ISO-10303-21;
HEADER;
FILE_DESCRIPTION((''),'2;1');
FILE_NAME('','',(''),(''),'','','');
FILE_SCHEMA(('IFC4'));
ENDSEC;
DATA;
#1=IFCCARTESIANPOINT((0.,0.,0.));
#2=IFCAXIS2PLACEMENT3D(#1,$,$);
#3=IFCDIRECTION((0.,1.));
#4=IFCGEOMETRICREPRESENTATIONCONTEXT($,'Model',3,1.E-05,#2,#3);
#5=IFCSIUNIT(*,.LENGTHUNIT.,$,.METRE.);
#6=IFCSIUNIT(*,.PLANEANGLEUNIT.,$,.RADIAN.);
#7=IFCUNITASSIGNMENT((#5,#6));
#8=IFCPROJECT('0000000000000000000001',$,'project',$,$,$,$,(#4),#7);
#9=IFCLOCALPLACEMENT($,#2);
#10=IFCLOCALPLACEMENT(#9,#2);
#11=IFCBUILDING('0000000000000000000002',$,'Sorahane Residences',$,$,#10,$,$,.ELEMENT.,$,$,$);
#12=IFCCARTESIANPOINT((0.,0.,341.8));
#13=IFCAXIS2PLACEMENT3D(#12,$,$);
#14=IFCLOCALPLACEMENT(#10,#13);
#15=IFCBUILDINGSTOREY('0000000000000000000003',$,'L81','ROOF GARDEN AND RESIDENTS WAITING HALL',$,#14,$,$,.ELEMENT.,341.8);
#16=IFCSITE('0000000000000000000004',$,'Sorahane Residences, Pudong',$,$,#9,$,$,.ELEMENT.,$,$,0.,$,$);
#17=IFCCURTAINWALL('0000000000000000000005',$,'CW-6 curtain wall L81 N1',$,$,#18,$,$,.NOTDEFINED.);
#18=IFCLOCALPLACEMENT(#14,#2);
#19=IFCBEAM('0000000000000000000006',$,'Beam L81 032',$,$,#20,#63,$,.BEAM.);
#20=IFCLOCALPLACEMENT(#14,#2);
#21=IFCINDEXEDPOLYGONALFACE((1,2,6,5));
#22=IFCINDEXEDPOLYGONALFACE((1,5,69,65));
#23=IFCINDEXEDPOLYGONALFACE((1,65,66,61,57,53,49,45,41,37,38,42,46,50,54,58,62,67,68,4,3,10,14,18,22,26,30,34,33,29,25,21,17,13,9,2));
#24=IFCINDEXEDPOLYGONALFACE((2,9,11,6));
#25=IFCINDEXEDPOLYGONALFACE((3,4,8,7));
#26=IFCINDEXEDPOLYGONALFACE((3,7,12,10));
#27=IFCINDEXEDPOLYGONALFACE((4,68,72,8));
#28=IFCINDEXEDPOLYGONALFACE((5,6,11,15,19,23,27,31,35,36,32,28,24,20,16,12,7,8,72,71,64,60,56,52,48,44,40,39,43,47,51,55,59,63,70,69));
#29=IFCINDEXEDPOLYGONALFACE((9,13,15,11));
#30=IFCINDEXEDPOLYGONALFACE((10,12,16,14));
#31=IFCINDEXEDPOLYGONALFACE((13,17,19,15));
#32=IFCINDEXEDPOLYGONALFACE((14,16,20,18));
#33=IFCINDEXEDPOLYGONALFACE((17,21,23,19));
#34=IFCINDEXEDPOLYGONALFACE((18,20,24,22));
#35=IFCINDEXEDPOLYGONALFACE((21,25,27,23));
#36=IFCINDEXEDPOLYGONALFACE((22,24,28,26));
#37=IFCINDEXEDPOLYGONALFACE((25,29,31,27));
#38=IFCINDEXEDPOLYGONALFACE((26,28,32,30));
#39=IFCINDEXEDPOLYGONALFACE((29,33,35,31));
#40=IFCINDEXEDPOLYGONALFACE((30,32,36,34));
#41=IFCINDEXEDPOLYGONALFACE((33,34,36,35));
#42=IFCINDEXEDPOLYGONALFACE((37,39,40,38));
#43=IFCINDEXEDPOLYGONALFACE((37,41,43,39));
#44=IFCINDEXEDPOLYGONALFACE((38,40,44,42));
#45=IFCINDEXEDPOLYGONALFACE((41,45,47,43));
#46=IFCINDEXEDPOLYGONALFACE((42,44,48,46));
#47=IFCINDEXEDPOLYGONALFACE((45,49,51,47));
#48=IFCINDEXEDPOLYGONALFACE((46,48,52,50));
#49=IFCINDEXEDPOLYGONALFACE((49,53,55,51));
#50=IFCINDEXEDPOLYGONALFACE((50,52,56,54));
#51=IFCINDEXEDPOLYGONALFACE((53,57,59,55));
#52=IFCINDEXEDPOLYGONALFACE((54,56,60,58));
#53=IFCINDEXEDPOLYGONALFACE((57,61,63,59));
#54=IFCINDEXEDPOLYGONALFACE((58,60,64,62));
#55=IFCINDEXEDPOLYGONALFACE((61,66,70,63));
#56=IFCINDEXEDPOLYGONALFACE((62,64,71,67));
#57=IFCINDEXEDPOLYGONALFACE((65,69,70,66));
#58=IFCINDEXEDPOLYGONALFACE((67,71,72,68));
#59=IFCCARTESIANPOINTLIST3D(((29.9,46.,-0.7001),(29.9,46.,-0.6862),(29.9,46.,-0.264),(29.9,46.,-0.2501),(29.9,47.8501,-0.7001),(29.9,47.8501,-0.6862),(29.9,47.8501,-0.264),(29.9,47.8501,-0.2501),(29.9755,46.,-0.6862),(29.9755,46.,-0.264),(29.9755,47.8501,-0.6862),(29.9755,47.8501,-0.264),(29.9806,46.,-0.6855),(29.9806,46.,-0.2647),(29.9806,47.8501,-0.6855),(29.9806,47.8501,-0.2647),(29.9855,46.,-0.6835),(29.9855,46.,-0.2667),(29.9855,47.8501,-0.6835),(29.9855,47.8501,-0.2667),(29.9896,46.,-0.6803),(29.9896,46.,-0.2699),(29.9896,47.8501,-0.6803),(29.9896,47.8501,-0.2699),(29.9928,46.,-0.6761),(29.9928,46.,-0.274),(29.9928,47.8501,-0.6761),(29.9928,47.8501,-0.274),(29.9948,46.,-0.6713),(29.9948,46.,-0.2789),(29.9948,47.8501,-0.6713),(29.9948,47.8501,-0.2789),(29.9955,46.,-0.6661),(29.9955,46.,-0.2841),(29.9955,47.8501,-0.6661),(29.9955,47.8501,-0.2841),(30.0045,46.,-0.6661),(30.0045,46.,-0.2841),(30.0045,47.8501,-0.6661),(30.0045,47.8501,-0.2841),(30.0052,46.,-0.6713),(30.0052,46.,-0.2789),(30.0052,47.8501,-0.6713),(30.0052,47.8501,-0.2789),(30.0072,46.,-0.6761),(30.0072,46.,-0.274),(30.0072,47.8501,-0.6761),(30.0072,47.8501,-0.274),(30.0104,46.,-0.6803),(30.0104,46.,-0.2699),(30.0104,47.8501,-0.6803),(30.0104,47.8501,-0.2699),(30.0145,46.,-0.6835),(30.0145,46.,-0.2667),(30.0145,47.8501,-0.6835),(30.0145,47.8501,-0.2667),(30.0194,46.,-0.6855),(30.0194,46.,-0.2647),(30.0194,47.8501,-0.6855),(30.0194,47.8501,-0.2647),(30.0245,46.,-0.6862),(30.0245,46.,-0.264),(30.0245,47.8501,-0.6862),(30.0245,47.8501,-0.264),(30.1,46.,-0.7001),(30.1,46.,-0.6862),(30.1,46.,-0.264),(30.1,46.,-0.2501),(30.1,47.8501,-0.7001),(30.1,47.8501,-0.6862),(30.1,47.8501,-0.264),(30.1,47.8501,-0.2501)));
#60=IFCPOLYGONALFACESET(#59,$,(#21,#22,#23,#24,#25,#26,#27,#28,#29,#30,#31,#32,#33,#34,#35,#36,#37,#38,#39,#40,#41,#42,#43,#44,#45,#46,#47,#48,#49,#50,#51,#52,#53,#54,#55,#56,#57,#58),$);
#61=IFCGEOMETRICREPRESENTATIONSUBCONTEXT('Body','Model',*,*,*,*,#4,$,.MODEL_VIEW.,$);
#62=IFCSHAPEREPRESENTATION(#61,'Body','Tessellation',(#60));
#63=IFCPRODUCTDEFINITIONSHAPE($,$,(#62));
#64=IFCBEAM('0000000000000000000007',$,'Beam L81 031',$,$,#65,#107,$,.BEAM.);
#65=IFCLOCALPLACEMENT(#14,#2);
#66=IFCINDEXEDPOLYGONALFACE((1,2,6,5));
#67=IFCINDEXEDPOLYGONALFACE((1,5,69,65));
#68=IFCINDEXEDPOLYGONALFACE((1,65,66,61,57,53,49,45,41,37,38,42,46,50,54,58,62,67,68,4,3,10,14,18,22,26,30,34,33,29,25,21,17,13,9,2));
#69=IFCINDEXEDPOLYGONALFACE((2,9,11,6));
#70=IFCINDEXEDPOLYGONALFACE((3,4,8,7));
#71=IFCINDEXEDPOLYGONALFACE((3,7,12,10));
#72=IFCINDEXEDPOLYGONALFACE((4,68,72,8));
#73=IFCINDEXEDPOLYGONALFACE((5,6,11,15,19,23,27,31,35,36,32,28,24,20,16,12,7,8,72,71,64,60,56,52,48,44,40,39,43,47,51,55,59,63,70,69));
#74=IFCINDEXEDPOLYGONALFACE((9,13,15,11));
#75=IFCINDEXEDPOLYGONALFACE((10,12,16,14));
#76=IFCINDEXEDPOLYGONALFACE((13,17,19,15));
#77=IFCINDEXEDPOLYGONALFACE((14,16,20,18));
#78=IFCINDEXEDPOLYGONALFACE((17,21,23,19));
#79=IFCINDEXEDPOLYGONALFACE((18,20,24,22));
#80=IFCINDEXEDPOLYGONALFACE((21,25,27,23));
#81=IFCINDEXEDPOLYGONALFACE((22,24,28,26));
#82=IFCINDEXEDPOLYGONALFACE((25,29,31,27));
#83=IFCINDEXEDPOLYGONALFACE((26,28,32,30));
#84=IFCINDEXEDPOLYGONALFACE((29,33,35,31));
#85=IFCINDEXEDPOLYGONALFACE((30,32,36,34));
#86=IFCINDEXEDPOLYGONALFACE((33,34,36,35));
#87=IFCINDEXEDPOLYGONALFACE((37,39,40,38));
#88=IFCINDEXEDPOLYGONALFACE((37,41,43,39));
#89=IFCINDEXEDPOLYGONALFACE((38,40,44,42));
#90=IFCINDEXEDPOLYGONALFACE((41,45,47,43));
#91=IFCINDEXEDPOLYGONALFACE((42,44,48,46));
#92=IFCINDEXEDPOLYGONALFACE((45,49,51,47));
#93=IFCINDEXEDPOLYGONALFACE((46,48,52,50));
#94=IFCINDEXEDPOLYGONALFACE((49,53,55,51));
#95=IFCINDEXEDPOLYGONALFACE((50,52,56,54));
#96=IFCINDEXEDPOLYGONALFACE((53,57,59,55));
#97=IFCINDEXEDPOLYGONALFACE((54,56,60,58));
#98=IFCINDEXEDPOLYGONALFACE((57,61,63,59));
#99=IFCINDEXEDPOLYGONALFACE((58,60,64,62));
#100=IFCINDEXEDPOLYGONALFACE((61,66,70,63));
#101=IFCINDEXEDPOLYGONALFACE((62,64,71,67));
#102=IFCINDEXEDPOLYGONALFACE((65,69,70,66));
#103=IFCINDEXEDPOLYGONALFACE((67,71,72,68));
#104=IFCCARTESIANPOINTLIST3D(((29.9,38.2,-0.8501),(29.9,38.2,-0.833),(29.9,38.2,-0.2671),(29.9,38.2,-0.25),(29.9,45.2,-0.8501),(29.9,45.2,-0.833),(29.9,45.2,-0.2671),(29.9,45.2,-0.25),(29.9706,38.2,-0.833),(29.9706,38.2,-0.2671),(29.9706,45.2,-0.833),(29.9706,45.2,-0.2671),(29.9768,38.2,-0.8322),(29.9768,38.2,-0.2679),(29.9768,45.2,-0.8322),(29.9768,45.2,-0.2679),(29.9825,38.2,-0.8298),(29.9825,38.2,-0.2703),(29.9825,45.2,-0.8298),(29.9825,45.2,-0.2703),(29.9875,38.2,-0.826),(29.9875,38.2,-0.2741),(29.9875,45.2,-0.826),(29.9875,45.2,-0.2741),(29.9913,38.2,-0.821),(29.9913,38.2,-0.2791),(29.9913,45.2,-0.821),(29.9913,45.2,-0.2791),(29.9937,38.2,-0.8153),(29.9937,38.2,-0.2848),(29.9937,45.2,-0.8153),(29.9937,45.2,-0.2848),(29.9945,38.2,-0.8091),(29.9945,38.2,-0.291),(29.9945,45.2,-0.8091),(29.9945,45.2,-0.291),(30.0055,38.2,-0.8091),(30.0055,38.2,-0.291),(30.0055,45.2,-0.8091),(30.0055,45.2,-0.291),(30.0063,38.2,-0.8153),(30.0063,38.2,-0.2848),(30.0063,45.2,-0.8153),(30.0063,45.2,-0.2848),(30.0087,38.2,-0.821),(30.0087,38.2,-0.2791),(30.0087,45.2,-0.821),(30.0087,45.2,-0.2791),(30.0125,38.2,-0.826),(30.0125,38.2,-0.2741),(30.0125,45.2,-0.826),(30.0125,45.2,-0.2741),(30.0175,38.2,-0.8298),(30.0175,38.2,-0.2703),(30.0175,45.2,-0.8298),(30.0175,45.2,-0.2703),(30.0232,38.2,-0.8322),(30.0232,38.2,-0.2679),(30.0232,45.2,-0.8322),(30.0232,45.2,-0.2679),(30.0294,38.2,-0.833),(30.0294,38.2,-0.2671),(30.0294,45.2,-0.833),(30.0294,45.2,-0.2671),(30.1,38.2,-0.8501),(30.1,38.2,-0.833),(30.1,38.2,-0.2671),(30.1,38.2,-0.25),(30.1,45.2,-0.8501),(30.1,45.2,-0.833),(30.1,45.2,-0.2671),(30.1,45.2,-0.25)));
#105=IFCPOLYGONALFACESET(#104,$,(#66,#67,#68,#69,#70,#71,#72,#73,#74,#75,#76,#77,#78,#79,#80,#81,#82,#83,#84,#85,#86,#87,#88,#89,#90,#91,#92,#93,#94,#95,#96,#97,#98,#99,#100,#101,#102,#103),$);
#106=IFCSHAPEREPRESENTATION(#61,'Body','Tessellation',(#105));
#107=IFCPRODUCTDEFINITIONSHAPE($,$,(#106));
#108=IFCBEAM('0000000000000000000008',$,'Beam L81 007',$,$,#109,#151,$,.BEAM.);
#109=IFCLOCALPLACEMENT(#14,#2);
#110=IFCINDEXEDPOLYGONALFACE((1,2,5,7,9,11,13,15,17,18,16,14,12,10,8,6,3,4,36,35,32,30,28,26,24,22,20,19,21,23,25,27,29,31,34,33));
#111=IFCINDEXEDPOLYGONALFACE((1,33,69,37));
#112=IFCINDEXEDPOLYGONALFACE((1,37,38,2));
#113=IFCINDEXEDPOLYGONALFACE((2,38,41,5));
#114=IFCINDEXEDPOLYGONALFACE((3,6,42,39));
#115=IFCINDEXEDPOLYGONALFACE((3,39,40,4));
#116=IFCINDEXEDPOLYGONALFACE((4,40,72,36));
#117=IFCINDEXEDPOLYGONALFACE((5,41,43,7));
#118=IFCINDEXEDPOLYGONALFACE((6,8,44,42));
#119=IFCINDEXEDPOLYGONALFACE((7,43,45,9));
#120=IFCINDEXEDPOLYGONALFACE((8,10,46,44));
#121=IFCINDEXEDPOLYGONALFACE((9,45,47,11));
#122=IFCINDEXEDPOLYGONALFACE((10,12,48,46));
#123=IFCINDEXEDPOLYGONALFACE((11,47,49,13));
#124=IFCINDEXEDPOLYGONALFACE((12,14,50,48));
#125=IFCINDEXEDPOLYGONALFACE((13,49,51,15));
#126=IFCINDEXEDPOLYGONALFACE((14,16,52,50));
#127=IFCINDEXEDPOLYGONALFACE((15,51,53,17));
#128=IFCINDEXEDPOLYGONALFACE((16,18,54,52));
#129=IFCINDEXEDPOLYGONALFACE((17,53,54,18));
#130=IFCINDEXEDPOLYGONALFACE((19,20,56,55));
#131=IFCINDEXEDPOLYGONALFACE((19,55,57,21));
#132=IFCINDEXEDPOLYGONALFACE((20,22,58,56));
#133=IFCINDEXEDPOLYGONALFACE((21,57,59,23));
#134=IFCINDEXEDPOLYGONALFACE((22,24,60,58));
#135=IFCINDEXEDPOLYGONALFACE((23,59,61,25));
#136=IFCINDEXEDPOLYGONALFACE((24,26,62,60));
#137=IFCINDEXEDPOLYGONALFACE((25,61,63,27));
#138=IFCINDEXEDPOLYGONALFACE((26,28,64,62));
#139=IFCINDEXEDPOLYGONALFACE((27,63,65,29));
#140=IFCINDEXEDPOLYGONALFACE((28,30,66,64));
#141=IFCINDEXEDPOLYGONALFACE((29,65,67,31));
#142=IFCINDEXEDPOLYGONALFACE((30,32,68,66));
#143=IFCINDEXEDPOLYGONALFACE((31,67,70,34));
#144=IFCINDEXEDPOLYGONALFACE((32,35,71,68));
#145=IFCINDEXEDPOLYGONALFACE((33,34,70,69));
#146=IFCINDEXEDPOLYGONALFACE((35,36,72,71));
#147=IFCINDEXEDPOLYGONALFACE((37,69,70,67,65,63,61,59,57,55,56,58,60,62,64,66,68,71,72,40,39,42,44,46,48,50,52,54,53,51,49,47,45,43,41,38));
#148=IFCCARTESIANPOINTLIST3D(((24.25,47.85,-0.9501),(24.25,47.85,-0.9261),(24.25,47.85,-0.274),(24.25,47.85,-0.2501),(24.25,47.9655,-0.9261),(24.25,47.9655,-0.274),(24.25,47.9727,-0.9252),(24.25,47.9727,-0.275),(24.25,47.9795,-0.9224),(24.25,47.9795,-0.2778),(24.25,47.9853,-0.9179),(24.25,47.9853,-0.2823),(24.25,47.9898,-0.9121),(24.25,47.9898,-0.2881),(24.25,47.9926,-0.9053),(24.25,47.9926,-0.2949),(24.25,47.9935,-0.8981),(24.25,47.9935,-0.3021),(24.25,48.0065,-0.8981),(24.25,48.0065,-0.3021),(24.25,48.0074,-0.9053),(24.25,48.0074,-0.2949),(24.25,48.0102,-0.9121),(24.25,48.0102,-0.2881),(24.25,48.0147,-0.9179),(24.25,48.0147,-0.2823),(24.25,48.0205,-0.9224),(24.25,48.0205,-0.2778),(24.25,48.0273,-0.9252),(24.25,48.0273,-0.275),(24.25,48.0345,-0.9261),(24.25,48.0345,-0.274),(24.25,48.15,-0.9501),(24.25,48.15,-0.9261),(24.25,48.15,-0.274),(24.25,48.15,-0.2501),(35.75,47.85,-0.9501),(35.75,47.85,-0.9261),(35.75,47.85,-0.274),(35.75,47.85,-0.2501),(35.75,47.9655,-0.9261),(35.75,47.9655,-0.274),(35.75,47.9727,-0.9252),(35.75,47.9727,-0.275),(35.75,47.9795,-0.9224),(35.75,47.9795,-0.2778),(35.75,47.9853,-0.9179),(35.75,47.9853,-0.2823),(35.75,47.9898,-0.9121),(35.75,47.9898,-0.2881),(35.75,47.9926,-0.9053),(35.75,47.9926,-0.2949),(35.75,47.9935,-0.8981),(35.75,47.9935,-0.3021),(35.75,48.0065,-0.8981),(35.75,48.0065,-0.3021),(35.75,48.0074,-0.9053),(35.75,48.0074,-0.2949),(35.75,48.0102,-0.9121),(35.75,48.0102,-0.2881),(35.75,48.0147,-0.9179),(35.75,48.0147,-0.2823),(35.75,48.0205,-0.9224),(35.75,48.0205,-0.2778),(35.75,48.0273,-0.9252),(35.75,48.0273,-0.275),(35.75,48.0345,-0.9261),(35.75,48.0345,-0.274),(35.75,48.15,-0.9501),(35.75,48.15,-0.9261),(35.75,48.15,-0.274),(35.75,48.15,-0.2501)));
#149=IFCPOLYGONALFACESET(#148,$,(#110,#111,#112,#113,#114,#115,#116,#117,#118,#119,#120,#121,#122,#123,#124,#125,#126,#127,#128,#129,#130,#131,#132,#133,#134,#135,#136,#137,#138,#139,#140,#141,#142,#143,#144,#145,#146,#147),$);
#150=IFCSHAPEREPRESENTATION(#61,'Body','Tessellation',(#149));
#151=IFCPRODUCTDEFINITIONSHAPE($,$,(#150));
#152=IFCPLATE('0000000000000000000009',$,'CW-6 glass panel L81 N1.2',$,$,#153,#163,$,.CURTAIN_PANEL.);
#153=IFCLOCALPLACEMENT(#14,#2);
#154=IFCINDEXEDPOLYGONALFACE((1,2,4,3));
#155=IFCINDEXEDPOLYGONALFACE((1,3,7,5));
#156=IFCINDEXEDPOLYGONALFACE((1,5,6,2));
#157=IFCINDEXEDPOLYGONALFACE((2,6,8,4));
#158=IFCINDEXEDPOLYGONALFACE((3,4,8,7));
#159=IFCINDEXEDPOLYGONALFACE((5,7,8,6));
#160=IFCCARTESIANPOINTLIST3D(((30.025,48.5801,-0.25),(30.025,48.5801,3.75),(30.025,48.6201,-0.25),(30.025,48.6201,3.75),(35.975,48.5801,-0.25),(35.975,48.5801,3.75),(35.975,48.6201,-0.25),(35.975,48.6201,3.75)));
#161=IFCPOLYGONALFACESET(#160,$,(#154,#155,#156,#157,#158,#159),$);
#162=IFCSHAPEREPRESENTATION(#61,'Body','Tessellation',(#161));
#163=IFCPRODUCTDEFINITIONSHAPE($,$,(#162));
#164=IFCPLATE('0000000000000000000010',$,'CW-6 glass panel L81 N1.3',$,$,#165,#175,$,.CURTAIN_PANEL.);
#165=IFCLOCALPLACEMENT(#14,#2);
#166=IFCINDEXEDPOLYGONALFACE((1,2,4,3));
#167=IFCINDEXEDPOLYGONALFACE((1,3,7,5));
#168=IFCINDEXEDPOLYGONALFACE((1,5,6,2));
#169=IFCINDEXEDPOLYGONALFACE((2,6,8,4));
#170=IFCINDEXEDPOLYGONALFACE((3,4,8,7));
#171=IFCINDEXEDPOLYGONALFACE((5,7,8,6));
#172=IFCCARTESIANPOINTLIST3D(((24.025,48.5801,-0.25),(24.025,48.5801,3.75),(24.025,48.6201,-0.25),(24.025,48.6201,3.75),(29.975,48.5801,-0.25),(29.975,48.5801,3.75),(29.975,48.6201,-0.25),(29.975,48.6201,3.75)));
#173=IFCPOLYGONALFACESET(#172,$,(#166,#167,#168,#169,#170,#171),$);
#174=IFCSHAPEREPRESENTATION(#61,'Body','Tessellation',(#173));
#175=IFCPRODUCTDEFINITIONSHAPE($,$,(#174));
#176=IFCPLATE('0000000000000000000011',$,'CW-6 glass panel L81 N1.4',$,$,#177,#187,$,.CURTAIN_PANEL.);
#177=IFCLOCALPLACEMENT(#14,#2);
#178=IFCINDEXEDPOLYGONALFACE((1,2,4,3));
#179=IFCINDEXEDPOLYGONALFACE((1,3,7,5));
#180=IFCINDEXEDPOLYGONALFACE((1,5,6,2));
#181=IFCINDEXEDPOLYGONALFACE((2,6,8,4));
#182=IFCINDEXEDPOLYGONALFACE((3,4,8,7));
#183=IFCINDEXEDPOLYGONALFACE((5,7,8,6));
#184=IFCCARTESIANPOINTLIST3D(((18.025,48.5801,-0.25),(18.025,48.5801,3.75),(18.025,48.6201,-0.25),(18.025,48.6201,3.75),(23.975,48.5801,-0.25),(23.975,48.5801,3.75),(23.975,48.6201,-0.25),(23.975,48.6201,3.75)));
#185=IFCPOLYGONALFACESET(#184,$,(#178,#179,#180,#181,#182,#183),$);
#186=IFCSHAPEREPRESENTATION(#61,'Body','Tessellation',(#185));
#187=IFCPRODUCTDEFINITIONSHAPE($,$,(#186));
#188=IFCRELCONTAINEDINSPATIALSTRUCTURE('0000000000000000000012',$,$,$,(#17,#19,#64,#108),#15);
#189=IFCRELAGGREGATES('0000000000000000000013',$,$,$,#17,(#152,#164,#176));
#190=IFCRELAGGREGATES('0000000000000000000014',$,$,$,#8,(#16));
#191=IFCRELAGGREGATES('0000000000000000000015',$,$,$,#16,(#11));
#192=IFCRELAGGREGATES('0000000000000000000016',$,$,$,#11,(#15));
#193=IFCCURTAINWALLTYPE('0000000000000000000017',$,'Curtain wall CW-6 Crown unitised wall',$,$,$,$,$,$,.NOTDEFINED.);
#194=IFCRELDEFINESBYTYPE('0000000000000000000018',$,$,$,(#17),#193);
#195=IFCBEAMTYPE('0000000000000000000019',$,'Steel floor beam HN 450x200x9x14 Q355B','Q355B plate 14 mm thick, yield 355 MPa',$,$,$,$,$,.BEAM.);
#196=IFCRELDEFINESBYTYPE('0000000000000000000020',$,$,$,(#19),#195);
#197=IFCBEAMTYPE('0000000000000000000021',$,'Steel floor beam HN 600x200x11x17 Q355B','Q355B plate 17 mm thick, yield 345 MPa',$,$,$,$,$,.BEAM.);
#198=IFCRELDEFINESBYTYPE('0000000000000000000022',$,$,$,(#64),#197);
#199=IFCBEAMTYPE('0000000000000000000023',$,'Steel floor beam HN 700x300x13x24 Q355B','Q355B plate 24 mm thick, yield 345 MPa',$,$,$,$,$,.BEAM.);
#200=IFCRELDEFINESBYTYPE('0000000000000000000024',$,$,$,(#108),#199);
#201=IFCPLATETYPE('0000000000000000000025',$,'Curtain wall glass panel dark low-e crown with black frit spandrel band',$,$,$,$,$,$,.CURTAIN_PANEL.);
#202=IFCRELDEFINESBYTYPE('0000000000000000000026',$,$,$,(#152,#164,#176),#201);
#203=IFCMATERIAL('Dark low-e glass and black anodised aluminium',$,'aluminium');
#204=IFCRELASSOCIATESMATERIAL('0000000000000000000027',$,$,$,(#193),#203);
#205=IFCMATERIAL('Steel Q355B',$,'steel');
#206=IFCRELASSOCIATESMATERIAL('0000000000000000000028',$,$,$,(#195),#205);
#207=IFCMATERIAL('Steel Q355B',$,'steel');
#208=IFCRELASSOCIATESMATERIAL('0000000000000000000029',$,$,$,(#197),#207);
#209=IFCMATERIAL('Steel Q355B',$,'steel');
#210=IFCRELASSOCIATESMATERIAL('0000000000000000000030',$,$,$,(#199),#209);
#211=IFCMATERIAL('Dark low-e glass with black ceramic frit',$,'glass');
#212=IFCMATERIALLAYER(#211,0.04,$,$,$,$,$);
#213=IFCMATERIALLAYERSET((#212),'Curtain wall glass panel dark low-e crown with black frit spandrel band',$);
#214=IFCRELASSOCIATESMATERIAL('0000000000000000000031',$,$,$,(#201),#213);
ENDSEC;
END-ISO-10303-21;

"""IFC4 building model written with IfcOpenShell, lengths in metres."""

from ifc_helpers import new_model, si_unit, direction, frame, origin, origin_2d, place, context, subcontext, project, spatial, rectangle, i_section, extrude, material, layer, layer_set, material_profile, profile_set, type_object, element, aggregate, save


model = new_model("IFC4")

# Units and contexts
model_context = context("Model", 3, precision=1e-05, world=origin(), true_north=direction((0.0, 1.0)))
body_context = subcontext(model_context, "Body", "Model", "MODEL_VIEW")
ifc_project = project(units=[si_unit("LENGTHUNIT", "METRE"), si_unit("PLANEANGLEUNIT", "RADIAN")], contexts=[model_context])

# Site, building, storey
site_placement = place(None, origin())
site = spatial("IfcSite", under=ifc_project, at=site_placement, Name="Sorahane Residences, Pudong", CompositionType="ELEMENT", RefElevation=0.0)
building_placement = place(site_placement, origin())
building = spatial("IfcBuilding", under=site, at=building_placement, Name="Sorahane Residences", CompositionType="ELEMENT")
storey_placement = place(building_placement, frame((0.0, 0.0, 341.8)))
storey = spatial("IfcBuildingStorey", under=building, at=storey_placement, Name="L81", Description="ROOF GARDEN AND RESIDENTS WAITING HALL", CompositionType="ELEMENT", Elevation=341.8)

# Curtain wall
ifc_material_1 = material(Name="Dark low-e glass and black anodised aluminium", Category="aluminium")
curtain_wall_type = type_object("IfcCurtainWallType", Name="Curtain wall CW-6 Crown unitised wall", PredefinedType="NOTDEFINED", material=ifc_material_1)
curtain_wall_placement = place(storey_placement, origin())
curtain_wall = element("IfcCurtainWall", 1, at=curtain_wall_placement, inside=storey, type_object=curtain_wall_type, Name="CW-6 curtain wall L81 N1", PredefinedType="NOTDEFINED")

# Beams
ifc_material_2 = material(Name="Steel Q355B", Category="steel")
ifc_material_profile_1 = material_profile(ifc_material_2, i_section(OverallWidth=0.2, OverallDepth=0.45, WebThickness=0.009, FlangeThickness=0.0139, FilletRadius=0.02, at=origin_2d()), Name="HN 450x200x9x14")
ifc_profile_set_1 = profile_set([ifc_material_profile_1], Name="Steel Q355B")
beam_type_1 = type_object("IfcBeamType", Name="Steel floor beam HN 450x200x9x14 Q355B", Description="Q355B plate 14 mm thick, yield 355 MPa", PredefinedType="BEAM", material=ifc_profile_set_1)
beam_1_placement = place(storey_placement, frame((30.0, 46.0, -0.4751), z_axis=(0.0, 1.0, 0.0), x_axis=(-1.0, 0.0, 0.0)))
element("IfcBeam", 2, at=beam_1_placement, inside=storey, type_object=beam_type_1, Name="Beam L81 032", PredefinedType="BEAM", context=body_context, shape_type="SweptSolid", body=[
    extrude(i_section(OverallWidth=0.2, OverallDepth=0.45, WebThickness=0.009, FlangeThickness=0.0139, FilletRadius=0.02, at=origin_2d()), origin(), (0.0, 0.0, 1.0), 1.8501),
])
ifc_material_3 = material(Name="Steel Q355B", Category="steel")
ifc_material_profile_2 = material_profile(ifc_material_3, i_section(OverallWidth=0.2, OverallDepth=0.6001, WebThickness=0.011, FlangeThickness=0.0171, FilletRadius=0.0239, at=origin_2d()), Name="HN 600x200x11x17")
ifc_profile_set_2 = profile_set([ifc_material_profile_2], Name="Steel Q355B")
beam_type_2 = type_object("IfcBeamType", Name="Steel floor beam HN 600x200x11x17 Q355B", Description="Q355B plate 17 mm thick, yield 345 MPa", PredefinedType="BEAM", material=ifc_profile_set_2)
beam_2_placement = place(storey_placement, frame((30.0, 38.2, -0.55), z_axis=(0.0, 1.0, 0.0), x_axis=(-1.0, 0.0, 0.0)))
element("IfcBeam", 3, at=beam_2_placement, inside=storey, type_object=beam_type_2, Name="Beam L81 031", PredefinedType="BEAM", context=body_context, shape_type="SweptSolid", body=[
    extrude(i_section(OverallWidth=0.2, OverallDepth=0.6001, WebThickness=0.011, FlangeThickness=0.0171, FilletRadius=0.0239, at=origin_2d()), origin(), (0.0, 0.0, 1.0), 7.0),
])
ifc_material_4 = material(Name="Steel Q355B", Category="steel")
ifc_material_profile_3 = material_profile(ifc_material_4, i_section(OverallWidth=0.3, OverallDepth=0.7, WebThickness=0.0129, FlangeThickness=0.0239, FilletRadius=0.0281, at=origin_2d()), Name="HN 700x300x13x24")
ifc_profile_set_3 = profile_set([ifc_material_profile_3], Name="Steel Q355B")
beam_type_3 = type_object("IfcBeamType", Name="Steel floor beam HN 700x300x13x24 Q355B", Description="Q355B plate 24 mm thick, yield 345 MPa", PredefinedType="BEAM", material=ifc_profile_set_3)
beam_3_placement = place(storey_placement, frame((24.25, 48.0, -0.6001), z_axis=(1.0, 0.0, 0.0), x_axis=(0.0, 1.0, 0.0)))
element("IfcBeam", 4, at=beam_3_placement, inside=storey, type_object=beam_type_3, Name="Beam L81 007", PredefinedType="BEAM", context=body_context, shape_type="SweptSolid", body=[
    extrude(i_section(OverallWidth=0.3, OverallDepth=0.7, WebThickness=0.0129, FlangeThickness=0.0239, FilletRadius=0.0281, at=origin_2d()), origin(), (0.0, 0.0, 1.0), 11.5),
])

# Plates
ifc_material_5 = material(Name="Dark low-e glass with black ceramic frit", Category="glass")
ifc_layer_1 = layer(ifc_material_5, 0.04)
ifc_layer_set_1 = layer_set([ifc_layer_1], Name="Curtain wall glass panel dark low-e crown with black frit spandrel band")
plate_type = type_object("IfcPlateType", Name="Curtain wall glass panel dark low-e crown with black frit spandrel band", PredefinedType="CURTAIN_PANEL", material=ifc_layer_set_1)
plate_1_placement = place(storey_placement, frame((33.0, 48.6001, -0.25), z_axis=(0.0, 0.0, 1.0), x_axis=(-1.0, 0.0, 0.0)))
plate_1 = element("IfcPlate", 5, at=plate_1_placement, type_object=plate_type, Name="CW-6 glass panel L81 N1.2", PredefinedType="CURTAIN_PANEL", context=body_context, shape_type="SweptSolid", body=[
    extrude(rectangle(XDim=5.95, YDim=0.04, at=origin_2d()), origin(), (0.0, 0.0, 1.0), 4.0),
])
plate_2_placement = place(storey_placement, frame((27.0, 48.6001, -0.25), z_axis=(0.0, 0.0, 1.0), x_axis=(-1.0, 0.0, 0.0)))
plate_2 = element("IfcPlate", 6, at=plate_2_placement, type_object=plate_type, Name="CW-6 glass panel L81 N1.3", PredefinedType="CURTAIN_PANEL", context=body_context, shape_type="SweptSolid", body=[
    extrude(rectangle(XDim=5.95, YDim=0.04, at=origin_2d()), origin(), (0.0, 0.0, 1.0), 4.0),
])
plate_3_placement = place(storey_placement, frame((21.0, 48.6001, -0.25), z_axis=(0.0, 0.0, 1.0), x_axis=(-1.0, 0.0, 0.0)))
plate_3 = element("IfcPlate", 7, at=plate_3_placement, type_object=plate_type, Name="CW-6 glass panel L81 N1.4", PredefinedType="CURTAIN_PANEL", context=body_context, shape_type="SweptSolid", body=[
    extrude(rectangle(XDim=5.95, YDim=0.04, at=origin_2d()), origin(), (0.0, 0.0, 1.0), 4.0),
])
aggregate(curtain_wall, [plate_1, plate_2, plate_3])

save(model, "model.ifc")
